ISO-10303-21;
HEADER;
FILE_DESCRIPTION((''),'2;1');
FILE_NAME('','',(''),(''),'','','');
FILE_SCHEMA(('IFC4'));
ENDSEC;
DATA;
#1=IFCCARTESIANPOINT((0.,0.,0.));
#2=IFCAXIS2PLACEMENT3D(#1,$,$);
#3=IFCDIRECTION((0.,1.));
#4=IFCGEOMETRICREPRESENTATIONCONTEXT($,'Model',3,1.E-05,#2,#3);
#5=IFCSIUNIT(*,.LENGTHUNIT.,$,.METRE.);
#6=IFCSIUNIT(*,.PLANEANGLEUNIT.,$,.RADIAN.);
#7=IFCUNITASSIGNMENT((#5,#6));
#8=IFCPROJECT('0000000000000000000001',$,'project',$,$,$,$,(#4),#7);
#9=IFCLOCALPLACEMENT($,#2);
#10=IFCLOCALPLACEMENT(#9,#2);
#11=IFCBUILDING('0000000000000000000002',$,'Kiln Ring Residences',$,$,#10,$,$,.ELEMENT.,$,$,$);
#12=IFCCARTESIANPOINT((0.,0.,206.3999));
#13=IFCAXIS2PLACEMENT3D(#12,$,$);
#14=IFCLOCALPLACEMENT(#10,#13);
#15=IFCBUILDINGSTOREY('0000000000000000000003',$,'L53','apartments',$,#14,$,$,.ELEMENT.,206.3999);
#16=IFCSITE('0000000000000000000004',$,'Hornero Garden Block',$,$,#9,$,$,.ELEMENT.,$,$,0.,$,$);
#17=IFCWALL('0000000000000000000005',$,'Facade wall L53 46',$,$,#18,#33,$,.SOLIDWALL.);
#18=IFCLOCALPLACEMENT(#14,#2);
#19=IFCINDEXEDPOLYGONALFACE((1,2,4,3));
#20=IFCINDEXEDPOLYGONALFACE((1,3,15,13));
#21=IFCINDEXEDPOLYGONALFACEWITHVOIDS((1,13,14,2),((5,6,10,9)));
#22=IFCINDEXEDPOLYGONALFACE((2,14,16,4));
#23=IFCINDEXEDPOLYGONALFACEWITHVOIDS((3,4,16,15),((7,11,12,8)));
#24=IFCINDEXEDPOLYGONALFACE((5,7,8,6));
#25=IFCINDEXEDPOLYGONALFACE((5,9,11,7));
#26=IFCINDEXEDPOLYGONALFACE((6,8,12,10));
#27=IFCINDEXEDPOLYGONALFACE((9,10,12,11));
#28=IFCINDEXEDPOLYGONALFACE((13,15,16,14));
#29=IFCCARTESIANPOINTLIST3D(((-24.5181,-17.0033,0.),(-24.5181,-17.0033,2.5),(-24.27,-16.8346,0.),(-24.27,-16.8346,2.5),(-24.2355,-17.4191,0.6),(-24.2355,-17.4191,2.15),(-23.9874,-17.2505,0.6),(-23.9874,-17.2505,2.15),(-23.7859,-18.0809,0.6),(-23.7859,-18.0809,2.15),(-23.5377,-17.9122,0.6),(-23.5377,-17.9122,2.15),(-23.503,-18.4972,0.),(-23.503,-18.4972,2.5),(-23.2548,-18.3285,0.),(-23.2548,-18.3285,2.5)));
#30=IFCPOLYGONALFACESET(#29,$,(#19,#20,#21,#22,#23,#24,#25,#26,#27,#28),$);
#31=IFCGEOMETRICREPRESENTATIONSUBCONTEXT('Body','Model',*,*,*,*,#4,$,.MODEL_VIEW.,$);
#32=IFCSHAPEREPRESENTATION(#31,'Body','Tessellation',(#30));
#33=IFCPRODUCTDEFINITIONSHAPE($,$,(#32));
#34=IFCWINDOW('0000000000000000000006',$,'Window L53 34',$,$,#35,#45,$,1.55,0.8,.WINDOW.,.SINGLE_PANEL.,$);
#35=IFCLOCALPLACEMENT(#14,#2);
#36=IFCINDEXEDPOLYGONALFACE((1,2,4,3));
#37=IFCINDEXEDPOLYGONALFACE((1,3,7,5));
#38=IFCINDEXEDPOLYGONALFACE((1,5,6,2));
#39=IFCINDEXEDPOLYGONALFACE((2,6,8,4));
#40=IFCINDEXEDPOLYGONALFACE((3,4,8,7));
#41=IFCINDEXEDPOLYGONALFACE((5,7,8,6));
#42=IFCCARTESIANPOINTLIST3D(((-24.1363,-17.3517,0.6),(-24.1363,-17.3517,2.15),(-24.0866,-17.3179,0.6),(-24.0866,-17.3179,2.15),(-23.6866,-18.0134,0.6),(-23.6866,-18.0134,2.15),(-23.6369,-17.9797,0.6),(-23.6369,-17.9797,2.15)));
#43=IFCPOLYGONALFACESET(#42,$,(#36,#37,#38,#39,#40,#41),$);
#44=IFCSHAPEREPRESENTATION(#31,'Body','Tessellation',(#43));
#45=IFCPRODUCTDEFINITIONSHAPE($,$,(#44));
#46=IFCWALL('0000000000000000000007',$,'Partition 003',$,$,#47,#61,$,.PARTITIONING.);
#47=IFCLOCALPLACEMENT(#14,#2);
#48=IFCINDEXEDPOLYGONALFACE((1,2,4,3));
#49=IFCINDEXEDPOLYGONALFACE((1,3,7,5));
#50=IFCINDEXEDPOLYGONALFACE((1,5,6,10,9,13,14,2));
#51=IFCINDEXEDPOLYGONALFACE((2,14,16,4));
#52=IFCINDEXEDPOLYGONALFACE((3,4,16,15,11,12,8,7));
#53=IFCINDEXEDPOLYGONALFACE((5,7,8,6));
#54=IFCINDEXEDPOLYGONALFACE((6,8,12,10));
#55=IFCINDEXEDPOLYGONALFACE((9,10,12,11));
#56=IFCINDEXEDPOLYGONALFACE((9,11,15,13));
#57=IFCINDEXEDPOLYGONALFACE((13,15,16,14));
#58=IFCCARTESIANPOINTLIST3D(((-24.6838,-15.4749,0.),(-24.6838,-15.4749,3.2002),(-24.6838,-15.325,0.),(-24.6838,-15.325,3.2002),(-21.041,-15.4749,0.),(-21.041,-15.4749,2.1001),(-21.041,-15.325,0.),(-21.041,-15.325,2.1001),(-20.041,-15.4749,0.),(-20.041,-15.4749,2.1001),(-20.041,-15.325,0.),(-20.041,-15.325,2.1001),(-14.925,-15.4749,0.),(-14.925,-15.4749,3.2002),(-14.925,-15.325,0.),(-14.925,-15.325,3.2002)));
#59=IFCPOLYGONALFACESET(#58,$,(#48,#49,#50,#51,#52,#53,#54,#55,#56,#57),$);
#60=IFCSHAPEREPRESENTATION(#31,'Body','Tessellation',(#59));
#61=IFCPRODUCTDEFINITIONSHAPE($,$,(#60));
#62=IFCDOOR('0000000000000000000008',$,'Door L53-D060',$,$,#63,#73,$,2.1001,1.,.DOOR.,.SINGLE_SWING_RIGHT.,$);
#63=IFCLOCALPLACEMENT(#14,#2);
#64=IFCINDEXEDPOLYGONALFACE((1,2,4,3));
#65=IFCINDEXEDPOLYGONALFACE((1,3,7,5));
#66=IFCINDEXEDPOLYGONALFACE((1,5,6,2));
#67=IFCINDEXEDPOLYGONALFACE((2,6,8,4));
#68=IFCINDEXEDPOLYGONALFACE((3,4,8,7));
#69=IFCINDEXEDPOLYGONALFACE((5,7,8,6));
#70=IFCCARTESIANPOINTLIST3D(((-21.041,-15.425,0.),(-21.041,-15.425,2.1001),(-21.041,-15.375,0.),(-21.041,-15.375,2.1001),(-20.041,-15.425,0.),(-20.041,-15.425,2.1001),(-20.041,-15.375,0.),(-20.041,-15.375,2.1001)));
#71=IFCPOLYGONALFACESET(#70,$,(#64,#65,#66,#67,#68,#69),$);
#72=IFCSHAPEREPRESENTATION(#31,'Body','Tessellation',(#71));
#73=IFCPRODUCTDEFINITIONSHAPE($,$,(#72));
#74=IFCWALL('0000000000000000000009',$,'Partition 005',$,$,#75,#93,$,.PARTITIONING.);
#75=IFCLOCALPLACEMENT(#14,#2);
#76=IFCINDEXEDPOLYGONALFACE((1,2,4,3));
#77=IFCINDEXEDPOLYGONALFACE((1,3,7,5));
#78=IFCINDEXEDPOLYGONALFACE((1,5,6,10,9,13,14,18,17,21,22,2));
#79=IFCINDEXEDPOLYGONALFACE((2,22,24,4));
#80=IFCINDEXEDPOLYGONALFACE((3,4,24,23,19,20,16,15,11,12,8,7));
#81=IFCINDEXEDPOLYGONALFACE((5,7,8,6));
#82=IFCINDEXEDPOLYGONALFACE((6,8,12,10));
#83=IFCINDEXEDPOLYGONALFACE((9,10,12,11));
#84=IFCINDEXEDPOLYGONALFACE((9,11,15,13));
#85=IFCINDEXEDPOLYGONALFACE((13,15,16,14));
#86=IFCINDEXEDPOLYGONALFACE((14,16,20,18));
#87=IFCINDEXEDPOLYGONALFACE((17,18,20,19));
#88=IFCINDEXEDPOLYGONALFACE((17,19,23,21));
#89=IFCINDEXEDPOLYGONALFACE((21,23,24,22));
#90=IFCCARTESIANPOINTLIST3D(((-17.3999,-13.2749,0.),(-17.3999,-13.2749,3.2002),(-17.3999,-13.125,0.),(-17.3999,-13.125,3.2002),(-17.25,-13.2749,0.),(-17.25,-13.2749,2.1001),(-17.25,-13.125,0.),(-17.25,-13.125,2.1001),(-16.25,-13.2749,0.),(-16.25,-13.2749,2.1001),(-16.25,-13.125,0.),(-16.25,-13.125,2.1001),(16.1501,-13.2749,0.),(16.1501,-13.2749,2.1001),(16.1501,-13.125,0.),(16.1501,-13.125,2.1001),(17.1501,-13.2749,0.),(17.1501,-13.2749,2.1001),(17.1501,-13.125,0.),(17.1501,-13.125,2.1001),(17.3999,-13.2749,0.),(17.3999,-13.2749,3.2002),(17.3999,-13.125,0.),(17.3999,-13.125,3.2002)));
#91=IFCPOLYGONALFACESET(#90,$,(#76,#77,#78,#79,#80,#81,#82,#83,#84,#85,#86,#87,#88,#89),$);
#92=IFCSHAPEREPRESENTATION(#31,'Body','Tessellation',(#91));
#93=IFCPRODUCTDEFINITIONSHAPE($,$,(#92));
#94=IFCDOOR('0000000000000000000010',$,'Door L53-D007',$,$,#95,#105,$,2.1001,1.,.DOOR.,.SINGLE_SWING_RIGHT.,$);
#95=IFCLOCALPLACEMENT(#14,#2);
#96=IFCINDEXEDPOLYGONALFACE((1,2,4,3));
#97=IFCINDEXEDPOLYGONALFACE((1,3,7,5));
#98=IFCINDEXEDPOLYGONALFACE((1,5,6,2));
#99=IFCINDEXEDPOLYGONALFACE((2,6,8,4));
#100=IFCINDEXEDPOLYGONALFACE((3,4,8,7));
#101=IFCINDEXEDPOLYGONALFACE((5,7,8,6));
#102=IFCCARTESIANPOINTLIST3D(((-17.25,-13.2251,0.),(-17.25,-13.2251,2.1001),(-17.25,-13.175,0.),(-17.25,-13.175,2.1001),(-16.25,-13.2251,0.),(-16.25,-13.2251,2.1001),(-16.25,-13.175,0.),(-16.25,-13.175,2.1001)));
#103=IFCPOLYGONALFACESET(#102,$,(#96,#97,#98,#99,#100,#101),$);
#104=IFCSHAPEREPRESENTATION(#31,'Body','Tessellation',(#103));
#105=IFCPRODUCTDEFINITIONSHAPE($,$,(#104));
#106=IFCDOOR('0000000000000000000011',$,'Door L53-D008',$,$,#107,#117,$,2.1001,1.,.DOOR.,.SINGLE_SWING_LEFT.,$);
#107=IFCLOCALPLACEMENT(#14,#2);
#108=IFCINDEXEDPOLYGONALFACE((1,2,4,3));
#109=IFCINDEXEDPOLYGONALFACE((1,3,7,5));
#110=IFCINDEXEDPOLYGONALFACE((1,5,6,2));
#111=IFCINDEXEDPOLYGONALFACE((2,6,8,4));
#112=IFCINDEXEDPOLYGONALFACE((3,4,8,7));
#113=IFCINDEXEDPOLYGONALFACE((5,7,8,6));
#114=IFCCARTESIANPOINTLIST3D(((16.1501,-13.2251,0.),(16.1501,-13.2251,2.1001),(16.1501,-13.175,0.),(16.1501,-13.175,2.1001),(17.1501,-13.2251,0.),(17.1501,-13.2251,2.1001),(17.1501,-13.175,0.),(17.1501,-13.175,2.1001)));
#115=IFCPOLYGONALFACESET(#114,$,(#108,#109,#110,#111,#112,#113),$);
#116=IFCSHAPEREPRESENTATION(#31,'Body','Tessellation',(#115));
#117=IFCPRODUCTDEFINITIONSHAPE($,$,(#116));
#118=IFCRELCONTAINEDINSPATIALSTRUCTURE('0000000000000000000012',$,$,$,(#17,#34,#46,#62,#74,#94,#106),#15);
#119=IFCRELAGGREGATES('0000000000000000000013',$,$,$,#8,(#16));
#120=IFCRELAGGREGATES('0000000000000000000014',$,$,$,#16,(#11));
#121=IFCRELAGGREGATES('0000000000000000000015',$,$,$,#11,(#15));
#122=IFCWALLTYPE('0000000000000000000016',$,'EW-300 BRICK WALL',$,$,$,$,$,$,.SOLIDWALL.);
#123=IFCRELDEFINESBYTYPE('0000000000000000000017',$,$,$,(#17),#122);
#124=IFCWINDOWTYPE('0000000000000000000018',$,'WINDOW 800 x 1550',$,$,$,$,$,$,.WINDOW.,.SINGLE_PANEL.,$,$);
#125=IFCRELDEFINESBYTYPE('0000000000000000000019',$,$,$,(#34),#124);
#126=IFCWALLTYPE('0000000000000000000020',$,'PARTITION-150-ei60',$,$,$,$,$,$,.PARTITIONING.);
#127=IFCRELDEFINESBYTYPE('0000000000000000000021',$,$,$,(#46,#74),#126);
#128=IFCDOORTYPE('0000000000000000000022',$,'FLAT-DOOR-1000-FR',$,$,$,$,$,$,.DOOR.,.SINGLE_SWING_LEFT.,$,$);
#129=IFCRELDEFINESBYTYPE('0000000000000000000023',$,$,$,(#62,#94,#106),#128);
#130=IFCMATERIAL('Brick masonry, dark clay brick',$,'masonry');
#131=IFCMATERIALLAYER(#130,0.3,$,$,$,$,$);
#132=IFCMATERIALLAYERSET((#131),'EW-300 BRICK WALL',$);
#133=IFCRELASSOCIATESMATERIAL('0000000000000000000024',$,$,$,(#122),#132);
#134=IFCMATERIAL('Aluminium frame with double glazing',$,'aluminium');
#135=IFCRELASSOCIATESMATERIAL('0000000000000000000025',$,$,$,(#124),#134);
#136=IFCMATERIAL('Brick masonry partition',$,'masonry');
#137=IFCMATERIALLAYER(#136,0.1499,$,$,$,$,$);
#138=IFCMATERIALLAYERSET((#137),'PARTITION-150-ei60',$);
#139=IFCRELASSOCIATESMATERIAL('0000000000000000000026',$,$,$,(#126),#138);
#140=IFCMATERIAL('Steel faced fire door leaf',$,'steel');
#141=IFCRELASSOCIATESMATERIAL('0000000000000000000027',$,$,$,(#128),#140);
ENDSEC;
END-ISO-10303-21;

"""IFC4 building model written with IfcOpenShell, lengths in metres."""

from ifc_helpers import new_model, si_unit, direction, frame, frame_2d, origin, place, context, subcontext, project, spatial, rectangle, extrude, material, layer, layer_set, type_object, element, fill, save


model = new_model("IFC4")

# Units and contexts
model_context = context("Model", 3, precision=1e-05, world=origin(), true_north=direction((0.0, 1.0)))
body_context = subcontext(model_context, "Body", "Model", "MODEL_VIEW")
ifc_project = project(units=[si_unit("LENGTHUNIT", "METRE"), si_unit("PLANEANGLEUNIT", "RADIAN")], contexts=[model_context])

# Site, building, storey
site_placement = place(None, origin())
site = spatial("IfcSite", under=ifc_project, at=site_placement, Name="Hornero Garden Block", CompositionType="ELEMENT", RefElevation=0.0)
building_placement = place(site_placement, origin())
building = spatial("IfcBuilding", under=site, at=building_placement, Name="Kiln Ring Residences", CompositionType="ELEMENT")
storey_placement = place(building_placement, frame((0.0, 0.0, 206.3999)))
storey = spatial("IfcBuildingStorey", under=building, at=storey_placement, Name="L53", Description="apartments", CompositionType="ELEMENT", Elevation=206.3999)

# Shared definitions
ifc_material_1 = material(Name="Brick masonry, dark clay brick", Category="masonry")
ifc_layer_1 = layer(ifc_material_1, 0.3)
ifc_layer_set_1 = layer_set([ifc_layer_1], Name="EW-300 BRICK WALL")
wall_type_1 = type_object("IfcWallType", Name="EW-300 BRICK WALL", PredefinedType="SOLIDWALL", material=ifc_layer_set_1)

# Wall, opening, window
wall_1_placement = place(storey_placement, frame((-24.394, -16.9189, 0.0), z_axis=(0.0, 0.0, 1.0), x_axis=(0.56204, -0.82711, 0.0)))
wall_1 = element("IfcWall", 1, at=wall_1_placement, inside=storey, type_object=wall_type_1, Name="Facade wall L53 46", PredefinedType="SOLIDWALL", context=body_context, shape_type="SweptSolid", body=[
    extrude(rectangle(XDim=1.8062, YDim=0.3, at=frame_2d((0.9031, 0.0))), origin(), (0.0, 0.0, 1.0), 2.5),
])
opening_1_placement = place(wall_1_placement, frame((0.5029, 0.0, 0.6001)))
opening_1 = element("IfcOpeningElement", 2, at=opening_1_placement, cuts=wall_1, PredefinedType="OPENING", context=body_context, shape_type="SweptSolid", body=[
    extrude(rectangle(XDim=0.8, YDim=1.55, at=frame_2d((0.3999, 0.7749))), frame((0.0, 0.1599, 0.0), z_axis=(0.0, -1.0, 0.0), x_axis=(1.0, 0.0, 0.0)), (0.0, 0.0, 1.0), 0.3201),
])
ifc_material_2 = material(Name="Aluminium frame with double glazing", Category="aluminium")
window_type = type_object("IfcWindowType", Name="WINDOW 800 x 1550", PartitioningType="SINGLE_PANEL", PredefinedType="WINDOW", material=ifc_material_2)
window_placement = place(opening_1_placement, origin())
window = element("IfcWindow", 3, at=window_placement, inside=storey, type_object=window_type, Name="Window L53 34", OverallHeight=1.55, OverallWidth=0.8, PartitioningType="SINGLE_PANEL", PredefinedType="WINDOW", context=body_context, shape_type="SweptSolid", body=[
    extrude(rectangle(XDim=0.8, YDim=1.55, at=frame_2d((0.3999, 0.7749))), frame((0.0, 0.03, 0.0), z_axis=(0.0, -1.0, 0.0), x_axis=(1.0, 0.0, 0.0)), (0.0, 0.0, 1.0), 0.0601),
])
fill(opening_1, window)

# Wall, opening, door
ifc_material_3 = material(Name="Brick masonry partition", Category="masonry")
ifc_layer_2 = layer(ifc_material_3, 0.1499)
ifc_layer_set_2 = layer_set([ifc_layer_2], Name="PARTITION-150-ei60")
wall_type_2 = type_object("IfcWallType", Name="PARTITION-150-ei60", PredefinedType="PARTITIONING", material=ifc_layer_set_2)
wall_2_placement = place(storey_placement, frame((-24.6838, -15.3999, 0.0), z_axis=(0.0, 0.0, 1.0), x_axis=(1.0, 0.0, 0.0)))
wall_2 = element("IfcWall", 4, at=wall_2_placement, inside=storey, type_object=wall_type_2, Name="Partition 003", PredefinedType="PARTITIONING", context=body_context, shape_type="SweptSolid", body=[
    extrude(rectangle(XDim=9.7588, YDim=0.1499, at=frame_2d((4.8794, 0.0))), origin(), (0.0, 0.0, 1.0), 3.2002),
])
opening_2_placement = place(wall_2_placement, frame((3.6428, 0.0, 0.0)))
opening_2 = element("IfcOpeningElement", 5, at=opening_2_placement, cuts=wall_2, PredefinedType="OPENING", context=body_context, shape_type="SweptSolid", body=[
    extrude(rectangle(XDim=1.0, YDim=2.1001, at=frame_2d((0.5, 1.05))), frame((0.0, 0.085, 0.0), z_axis=(0.0, -1.0, 0.0), x_axis=(1.0, 0.0, 0.0)), (0.0, 0.0, 1.0), 0.1699),
])
ifc_material_4 = material(Name="Steel faced fire door leaf", Category="steel")
door_type_1 = type_object("IfcDoorType", Name="FLAT-DOOR-1000-FR", OperationType="SINGLE_SWING_LEFT", PredefinedType="DOOR", material=ifc_material_4)
door_1_placement = place(opening_2_placement, origin())
door_1 = element("IfcDoor", 6, at=door_1_placement, inside=storey, type_object=door_type_1, Name="Door L53-D060", OperationType="SINGLE_SWING_RIGHT", OverallHeight=2.1001, OverallWidth=1.0, PredefinedType="DOOR", context=body_context, shape_type="SweptSolid", body=[
    extrude(rectangle(XDim=1.0, YDim=2.1001, at=frame_2d((0.5, 1.05))), frame((0.0, 0.0249, 0.0), z_axis=(0.0, -1.0, 0.0), x_axis=(1.0, 0.0, 0.0)), (0.0, 0.0, 1.0), 0.05),
])
fill(opening_2, door_1)

# Wall, openings, doors
wall_3_placement = place(storey_placement, frame((-17.3999, -13.2, 0.0), z_axis=(0.0, 0.0, 1.0), x_axis=(1.0, 0.0, 0.0)))
wall_3 = element("IfcWall", 7, at=wall_3_placement, inside=storey, type_object=wall_type_2, Name="Partition 005", PredefinedType="PARTITIONING", context=body_context, shape_type="SweptSolid", body=[
    extrude(rectangle(XDim=34.7998, YDim=0.1499, at=frame_2d((17.3999, 0.0))), origin(), (0.0, 0.0, 1.0), 3.2002),
])
opening_3_placement = place(wall_3_placement, frame((0.1499, 0.0, 0.0)))
opening_3 = element("IfcOpeningElement", 8, at=opening_3_placement, cuts=wall_3, PredefinedType="OPENING", context=body_context, shape_type="SweptSolid", body=[
    extrude(rectangle(XDim=1.0, YDim=2.1001, at=frame_2d((0.5, 1.05))), frame((0.0, 0.085, 0.0), z_axis=(0.0, -1.0, 0.0), x_axis=(1.0, 0.0, 0.0)), (0.0, 0.0, 1.0), 0.1699),
])
opening_4_placement = place(wall_3_placement, frame((33.55, 0.0, 0.0)))
opening_4 = element("IfcOpeningElement", 9, at=opening_4_placement, cuts=wall_3, PredefinedType="OPENING", context=body_context, shape_type="SweptSolid", body=[
    extrude(rectangle(XDim=1.0, YDim=2.1001, at=frame_2d((0.5, 1.05))), frame((0.0, 0.085, 0.0), z_axis=(0.0, -1.0, 0.0), x_axis=(1.0, 0.0, 0.0)), (0.0, 0.0, 1.0), 0.1699),
])
door_2_placement = place(opening_3_placement, origin())
door_2 = element("IfcDoor", 10, at=door_2_placement, inside=storey, type_object=door_type_1, Name="Door L53-D007", OperationType="SINGLE_SWING_RIGHT", OverallHeight=2.1001, OverallWidth=1.0, PredefinedType="DOOR", context=body_context, shape_type="SweptSolid", body=[
    extrude(rectangle(XDim=1.0, YDim=2.1001, at=frame_2d((0.5, 1.05))), frame((0.0, 0.0249, 0.0), z_axis=(0.0, -1.0, 0.0), x_axis=(1.0, 0.0, 0.0)), (0.0, 0.0, 1.0), 0.05),
])
fill(opening_3, door_2)
door_3_placement = place(opening_4_placement, origin())
door_3 = element("IfcDoor", 11, at=door_3_placement, inside=storey, type_object=door_type_1, Name="Door L53-D008", OperationType="SINGLE_SWING_LEFT", OverallHeight=2.1001, OverallWidth=1.0, PredefinedType="DOOR", context=body_context, shape_type="SweptSolid", body=[
    extrude(rectangle(XDim=1.0, YDim=2.1001, at=frame_2d((0.5, 1.05))), frame((0.0, 0.0249, 0.0), z_axis=(0.0, -1.0, 0.0), x_axis=(1.0, 0.0, 0.0)), (0.0, 0.0, 1.0), 0.05),
])
fill(opening_4, door_3)

save(model, "model.ifc")
